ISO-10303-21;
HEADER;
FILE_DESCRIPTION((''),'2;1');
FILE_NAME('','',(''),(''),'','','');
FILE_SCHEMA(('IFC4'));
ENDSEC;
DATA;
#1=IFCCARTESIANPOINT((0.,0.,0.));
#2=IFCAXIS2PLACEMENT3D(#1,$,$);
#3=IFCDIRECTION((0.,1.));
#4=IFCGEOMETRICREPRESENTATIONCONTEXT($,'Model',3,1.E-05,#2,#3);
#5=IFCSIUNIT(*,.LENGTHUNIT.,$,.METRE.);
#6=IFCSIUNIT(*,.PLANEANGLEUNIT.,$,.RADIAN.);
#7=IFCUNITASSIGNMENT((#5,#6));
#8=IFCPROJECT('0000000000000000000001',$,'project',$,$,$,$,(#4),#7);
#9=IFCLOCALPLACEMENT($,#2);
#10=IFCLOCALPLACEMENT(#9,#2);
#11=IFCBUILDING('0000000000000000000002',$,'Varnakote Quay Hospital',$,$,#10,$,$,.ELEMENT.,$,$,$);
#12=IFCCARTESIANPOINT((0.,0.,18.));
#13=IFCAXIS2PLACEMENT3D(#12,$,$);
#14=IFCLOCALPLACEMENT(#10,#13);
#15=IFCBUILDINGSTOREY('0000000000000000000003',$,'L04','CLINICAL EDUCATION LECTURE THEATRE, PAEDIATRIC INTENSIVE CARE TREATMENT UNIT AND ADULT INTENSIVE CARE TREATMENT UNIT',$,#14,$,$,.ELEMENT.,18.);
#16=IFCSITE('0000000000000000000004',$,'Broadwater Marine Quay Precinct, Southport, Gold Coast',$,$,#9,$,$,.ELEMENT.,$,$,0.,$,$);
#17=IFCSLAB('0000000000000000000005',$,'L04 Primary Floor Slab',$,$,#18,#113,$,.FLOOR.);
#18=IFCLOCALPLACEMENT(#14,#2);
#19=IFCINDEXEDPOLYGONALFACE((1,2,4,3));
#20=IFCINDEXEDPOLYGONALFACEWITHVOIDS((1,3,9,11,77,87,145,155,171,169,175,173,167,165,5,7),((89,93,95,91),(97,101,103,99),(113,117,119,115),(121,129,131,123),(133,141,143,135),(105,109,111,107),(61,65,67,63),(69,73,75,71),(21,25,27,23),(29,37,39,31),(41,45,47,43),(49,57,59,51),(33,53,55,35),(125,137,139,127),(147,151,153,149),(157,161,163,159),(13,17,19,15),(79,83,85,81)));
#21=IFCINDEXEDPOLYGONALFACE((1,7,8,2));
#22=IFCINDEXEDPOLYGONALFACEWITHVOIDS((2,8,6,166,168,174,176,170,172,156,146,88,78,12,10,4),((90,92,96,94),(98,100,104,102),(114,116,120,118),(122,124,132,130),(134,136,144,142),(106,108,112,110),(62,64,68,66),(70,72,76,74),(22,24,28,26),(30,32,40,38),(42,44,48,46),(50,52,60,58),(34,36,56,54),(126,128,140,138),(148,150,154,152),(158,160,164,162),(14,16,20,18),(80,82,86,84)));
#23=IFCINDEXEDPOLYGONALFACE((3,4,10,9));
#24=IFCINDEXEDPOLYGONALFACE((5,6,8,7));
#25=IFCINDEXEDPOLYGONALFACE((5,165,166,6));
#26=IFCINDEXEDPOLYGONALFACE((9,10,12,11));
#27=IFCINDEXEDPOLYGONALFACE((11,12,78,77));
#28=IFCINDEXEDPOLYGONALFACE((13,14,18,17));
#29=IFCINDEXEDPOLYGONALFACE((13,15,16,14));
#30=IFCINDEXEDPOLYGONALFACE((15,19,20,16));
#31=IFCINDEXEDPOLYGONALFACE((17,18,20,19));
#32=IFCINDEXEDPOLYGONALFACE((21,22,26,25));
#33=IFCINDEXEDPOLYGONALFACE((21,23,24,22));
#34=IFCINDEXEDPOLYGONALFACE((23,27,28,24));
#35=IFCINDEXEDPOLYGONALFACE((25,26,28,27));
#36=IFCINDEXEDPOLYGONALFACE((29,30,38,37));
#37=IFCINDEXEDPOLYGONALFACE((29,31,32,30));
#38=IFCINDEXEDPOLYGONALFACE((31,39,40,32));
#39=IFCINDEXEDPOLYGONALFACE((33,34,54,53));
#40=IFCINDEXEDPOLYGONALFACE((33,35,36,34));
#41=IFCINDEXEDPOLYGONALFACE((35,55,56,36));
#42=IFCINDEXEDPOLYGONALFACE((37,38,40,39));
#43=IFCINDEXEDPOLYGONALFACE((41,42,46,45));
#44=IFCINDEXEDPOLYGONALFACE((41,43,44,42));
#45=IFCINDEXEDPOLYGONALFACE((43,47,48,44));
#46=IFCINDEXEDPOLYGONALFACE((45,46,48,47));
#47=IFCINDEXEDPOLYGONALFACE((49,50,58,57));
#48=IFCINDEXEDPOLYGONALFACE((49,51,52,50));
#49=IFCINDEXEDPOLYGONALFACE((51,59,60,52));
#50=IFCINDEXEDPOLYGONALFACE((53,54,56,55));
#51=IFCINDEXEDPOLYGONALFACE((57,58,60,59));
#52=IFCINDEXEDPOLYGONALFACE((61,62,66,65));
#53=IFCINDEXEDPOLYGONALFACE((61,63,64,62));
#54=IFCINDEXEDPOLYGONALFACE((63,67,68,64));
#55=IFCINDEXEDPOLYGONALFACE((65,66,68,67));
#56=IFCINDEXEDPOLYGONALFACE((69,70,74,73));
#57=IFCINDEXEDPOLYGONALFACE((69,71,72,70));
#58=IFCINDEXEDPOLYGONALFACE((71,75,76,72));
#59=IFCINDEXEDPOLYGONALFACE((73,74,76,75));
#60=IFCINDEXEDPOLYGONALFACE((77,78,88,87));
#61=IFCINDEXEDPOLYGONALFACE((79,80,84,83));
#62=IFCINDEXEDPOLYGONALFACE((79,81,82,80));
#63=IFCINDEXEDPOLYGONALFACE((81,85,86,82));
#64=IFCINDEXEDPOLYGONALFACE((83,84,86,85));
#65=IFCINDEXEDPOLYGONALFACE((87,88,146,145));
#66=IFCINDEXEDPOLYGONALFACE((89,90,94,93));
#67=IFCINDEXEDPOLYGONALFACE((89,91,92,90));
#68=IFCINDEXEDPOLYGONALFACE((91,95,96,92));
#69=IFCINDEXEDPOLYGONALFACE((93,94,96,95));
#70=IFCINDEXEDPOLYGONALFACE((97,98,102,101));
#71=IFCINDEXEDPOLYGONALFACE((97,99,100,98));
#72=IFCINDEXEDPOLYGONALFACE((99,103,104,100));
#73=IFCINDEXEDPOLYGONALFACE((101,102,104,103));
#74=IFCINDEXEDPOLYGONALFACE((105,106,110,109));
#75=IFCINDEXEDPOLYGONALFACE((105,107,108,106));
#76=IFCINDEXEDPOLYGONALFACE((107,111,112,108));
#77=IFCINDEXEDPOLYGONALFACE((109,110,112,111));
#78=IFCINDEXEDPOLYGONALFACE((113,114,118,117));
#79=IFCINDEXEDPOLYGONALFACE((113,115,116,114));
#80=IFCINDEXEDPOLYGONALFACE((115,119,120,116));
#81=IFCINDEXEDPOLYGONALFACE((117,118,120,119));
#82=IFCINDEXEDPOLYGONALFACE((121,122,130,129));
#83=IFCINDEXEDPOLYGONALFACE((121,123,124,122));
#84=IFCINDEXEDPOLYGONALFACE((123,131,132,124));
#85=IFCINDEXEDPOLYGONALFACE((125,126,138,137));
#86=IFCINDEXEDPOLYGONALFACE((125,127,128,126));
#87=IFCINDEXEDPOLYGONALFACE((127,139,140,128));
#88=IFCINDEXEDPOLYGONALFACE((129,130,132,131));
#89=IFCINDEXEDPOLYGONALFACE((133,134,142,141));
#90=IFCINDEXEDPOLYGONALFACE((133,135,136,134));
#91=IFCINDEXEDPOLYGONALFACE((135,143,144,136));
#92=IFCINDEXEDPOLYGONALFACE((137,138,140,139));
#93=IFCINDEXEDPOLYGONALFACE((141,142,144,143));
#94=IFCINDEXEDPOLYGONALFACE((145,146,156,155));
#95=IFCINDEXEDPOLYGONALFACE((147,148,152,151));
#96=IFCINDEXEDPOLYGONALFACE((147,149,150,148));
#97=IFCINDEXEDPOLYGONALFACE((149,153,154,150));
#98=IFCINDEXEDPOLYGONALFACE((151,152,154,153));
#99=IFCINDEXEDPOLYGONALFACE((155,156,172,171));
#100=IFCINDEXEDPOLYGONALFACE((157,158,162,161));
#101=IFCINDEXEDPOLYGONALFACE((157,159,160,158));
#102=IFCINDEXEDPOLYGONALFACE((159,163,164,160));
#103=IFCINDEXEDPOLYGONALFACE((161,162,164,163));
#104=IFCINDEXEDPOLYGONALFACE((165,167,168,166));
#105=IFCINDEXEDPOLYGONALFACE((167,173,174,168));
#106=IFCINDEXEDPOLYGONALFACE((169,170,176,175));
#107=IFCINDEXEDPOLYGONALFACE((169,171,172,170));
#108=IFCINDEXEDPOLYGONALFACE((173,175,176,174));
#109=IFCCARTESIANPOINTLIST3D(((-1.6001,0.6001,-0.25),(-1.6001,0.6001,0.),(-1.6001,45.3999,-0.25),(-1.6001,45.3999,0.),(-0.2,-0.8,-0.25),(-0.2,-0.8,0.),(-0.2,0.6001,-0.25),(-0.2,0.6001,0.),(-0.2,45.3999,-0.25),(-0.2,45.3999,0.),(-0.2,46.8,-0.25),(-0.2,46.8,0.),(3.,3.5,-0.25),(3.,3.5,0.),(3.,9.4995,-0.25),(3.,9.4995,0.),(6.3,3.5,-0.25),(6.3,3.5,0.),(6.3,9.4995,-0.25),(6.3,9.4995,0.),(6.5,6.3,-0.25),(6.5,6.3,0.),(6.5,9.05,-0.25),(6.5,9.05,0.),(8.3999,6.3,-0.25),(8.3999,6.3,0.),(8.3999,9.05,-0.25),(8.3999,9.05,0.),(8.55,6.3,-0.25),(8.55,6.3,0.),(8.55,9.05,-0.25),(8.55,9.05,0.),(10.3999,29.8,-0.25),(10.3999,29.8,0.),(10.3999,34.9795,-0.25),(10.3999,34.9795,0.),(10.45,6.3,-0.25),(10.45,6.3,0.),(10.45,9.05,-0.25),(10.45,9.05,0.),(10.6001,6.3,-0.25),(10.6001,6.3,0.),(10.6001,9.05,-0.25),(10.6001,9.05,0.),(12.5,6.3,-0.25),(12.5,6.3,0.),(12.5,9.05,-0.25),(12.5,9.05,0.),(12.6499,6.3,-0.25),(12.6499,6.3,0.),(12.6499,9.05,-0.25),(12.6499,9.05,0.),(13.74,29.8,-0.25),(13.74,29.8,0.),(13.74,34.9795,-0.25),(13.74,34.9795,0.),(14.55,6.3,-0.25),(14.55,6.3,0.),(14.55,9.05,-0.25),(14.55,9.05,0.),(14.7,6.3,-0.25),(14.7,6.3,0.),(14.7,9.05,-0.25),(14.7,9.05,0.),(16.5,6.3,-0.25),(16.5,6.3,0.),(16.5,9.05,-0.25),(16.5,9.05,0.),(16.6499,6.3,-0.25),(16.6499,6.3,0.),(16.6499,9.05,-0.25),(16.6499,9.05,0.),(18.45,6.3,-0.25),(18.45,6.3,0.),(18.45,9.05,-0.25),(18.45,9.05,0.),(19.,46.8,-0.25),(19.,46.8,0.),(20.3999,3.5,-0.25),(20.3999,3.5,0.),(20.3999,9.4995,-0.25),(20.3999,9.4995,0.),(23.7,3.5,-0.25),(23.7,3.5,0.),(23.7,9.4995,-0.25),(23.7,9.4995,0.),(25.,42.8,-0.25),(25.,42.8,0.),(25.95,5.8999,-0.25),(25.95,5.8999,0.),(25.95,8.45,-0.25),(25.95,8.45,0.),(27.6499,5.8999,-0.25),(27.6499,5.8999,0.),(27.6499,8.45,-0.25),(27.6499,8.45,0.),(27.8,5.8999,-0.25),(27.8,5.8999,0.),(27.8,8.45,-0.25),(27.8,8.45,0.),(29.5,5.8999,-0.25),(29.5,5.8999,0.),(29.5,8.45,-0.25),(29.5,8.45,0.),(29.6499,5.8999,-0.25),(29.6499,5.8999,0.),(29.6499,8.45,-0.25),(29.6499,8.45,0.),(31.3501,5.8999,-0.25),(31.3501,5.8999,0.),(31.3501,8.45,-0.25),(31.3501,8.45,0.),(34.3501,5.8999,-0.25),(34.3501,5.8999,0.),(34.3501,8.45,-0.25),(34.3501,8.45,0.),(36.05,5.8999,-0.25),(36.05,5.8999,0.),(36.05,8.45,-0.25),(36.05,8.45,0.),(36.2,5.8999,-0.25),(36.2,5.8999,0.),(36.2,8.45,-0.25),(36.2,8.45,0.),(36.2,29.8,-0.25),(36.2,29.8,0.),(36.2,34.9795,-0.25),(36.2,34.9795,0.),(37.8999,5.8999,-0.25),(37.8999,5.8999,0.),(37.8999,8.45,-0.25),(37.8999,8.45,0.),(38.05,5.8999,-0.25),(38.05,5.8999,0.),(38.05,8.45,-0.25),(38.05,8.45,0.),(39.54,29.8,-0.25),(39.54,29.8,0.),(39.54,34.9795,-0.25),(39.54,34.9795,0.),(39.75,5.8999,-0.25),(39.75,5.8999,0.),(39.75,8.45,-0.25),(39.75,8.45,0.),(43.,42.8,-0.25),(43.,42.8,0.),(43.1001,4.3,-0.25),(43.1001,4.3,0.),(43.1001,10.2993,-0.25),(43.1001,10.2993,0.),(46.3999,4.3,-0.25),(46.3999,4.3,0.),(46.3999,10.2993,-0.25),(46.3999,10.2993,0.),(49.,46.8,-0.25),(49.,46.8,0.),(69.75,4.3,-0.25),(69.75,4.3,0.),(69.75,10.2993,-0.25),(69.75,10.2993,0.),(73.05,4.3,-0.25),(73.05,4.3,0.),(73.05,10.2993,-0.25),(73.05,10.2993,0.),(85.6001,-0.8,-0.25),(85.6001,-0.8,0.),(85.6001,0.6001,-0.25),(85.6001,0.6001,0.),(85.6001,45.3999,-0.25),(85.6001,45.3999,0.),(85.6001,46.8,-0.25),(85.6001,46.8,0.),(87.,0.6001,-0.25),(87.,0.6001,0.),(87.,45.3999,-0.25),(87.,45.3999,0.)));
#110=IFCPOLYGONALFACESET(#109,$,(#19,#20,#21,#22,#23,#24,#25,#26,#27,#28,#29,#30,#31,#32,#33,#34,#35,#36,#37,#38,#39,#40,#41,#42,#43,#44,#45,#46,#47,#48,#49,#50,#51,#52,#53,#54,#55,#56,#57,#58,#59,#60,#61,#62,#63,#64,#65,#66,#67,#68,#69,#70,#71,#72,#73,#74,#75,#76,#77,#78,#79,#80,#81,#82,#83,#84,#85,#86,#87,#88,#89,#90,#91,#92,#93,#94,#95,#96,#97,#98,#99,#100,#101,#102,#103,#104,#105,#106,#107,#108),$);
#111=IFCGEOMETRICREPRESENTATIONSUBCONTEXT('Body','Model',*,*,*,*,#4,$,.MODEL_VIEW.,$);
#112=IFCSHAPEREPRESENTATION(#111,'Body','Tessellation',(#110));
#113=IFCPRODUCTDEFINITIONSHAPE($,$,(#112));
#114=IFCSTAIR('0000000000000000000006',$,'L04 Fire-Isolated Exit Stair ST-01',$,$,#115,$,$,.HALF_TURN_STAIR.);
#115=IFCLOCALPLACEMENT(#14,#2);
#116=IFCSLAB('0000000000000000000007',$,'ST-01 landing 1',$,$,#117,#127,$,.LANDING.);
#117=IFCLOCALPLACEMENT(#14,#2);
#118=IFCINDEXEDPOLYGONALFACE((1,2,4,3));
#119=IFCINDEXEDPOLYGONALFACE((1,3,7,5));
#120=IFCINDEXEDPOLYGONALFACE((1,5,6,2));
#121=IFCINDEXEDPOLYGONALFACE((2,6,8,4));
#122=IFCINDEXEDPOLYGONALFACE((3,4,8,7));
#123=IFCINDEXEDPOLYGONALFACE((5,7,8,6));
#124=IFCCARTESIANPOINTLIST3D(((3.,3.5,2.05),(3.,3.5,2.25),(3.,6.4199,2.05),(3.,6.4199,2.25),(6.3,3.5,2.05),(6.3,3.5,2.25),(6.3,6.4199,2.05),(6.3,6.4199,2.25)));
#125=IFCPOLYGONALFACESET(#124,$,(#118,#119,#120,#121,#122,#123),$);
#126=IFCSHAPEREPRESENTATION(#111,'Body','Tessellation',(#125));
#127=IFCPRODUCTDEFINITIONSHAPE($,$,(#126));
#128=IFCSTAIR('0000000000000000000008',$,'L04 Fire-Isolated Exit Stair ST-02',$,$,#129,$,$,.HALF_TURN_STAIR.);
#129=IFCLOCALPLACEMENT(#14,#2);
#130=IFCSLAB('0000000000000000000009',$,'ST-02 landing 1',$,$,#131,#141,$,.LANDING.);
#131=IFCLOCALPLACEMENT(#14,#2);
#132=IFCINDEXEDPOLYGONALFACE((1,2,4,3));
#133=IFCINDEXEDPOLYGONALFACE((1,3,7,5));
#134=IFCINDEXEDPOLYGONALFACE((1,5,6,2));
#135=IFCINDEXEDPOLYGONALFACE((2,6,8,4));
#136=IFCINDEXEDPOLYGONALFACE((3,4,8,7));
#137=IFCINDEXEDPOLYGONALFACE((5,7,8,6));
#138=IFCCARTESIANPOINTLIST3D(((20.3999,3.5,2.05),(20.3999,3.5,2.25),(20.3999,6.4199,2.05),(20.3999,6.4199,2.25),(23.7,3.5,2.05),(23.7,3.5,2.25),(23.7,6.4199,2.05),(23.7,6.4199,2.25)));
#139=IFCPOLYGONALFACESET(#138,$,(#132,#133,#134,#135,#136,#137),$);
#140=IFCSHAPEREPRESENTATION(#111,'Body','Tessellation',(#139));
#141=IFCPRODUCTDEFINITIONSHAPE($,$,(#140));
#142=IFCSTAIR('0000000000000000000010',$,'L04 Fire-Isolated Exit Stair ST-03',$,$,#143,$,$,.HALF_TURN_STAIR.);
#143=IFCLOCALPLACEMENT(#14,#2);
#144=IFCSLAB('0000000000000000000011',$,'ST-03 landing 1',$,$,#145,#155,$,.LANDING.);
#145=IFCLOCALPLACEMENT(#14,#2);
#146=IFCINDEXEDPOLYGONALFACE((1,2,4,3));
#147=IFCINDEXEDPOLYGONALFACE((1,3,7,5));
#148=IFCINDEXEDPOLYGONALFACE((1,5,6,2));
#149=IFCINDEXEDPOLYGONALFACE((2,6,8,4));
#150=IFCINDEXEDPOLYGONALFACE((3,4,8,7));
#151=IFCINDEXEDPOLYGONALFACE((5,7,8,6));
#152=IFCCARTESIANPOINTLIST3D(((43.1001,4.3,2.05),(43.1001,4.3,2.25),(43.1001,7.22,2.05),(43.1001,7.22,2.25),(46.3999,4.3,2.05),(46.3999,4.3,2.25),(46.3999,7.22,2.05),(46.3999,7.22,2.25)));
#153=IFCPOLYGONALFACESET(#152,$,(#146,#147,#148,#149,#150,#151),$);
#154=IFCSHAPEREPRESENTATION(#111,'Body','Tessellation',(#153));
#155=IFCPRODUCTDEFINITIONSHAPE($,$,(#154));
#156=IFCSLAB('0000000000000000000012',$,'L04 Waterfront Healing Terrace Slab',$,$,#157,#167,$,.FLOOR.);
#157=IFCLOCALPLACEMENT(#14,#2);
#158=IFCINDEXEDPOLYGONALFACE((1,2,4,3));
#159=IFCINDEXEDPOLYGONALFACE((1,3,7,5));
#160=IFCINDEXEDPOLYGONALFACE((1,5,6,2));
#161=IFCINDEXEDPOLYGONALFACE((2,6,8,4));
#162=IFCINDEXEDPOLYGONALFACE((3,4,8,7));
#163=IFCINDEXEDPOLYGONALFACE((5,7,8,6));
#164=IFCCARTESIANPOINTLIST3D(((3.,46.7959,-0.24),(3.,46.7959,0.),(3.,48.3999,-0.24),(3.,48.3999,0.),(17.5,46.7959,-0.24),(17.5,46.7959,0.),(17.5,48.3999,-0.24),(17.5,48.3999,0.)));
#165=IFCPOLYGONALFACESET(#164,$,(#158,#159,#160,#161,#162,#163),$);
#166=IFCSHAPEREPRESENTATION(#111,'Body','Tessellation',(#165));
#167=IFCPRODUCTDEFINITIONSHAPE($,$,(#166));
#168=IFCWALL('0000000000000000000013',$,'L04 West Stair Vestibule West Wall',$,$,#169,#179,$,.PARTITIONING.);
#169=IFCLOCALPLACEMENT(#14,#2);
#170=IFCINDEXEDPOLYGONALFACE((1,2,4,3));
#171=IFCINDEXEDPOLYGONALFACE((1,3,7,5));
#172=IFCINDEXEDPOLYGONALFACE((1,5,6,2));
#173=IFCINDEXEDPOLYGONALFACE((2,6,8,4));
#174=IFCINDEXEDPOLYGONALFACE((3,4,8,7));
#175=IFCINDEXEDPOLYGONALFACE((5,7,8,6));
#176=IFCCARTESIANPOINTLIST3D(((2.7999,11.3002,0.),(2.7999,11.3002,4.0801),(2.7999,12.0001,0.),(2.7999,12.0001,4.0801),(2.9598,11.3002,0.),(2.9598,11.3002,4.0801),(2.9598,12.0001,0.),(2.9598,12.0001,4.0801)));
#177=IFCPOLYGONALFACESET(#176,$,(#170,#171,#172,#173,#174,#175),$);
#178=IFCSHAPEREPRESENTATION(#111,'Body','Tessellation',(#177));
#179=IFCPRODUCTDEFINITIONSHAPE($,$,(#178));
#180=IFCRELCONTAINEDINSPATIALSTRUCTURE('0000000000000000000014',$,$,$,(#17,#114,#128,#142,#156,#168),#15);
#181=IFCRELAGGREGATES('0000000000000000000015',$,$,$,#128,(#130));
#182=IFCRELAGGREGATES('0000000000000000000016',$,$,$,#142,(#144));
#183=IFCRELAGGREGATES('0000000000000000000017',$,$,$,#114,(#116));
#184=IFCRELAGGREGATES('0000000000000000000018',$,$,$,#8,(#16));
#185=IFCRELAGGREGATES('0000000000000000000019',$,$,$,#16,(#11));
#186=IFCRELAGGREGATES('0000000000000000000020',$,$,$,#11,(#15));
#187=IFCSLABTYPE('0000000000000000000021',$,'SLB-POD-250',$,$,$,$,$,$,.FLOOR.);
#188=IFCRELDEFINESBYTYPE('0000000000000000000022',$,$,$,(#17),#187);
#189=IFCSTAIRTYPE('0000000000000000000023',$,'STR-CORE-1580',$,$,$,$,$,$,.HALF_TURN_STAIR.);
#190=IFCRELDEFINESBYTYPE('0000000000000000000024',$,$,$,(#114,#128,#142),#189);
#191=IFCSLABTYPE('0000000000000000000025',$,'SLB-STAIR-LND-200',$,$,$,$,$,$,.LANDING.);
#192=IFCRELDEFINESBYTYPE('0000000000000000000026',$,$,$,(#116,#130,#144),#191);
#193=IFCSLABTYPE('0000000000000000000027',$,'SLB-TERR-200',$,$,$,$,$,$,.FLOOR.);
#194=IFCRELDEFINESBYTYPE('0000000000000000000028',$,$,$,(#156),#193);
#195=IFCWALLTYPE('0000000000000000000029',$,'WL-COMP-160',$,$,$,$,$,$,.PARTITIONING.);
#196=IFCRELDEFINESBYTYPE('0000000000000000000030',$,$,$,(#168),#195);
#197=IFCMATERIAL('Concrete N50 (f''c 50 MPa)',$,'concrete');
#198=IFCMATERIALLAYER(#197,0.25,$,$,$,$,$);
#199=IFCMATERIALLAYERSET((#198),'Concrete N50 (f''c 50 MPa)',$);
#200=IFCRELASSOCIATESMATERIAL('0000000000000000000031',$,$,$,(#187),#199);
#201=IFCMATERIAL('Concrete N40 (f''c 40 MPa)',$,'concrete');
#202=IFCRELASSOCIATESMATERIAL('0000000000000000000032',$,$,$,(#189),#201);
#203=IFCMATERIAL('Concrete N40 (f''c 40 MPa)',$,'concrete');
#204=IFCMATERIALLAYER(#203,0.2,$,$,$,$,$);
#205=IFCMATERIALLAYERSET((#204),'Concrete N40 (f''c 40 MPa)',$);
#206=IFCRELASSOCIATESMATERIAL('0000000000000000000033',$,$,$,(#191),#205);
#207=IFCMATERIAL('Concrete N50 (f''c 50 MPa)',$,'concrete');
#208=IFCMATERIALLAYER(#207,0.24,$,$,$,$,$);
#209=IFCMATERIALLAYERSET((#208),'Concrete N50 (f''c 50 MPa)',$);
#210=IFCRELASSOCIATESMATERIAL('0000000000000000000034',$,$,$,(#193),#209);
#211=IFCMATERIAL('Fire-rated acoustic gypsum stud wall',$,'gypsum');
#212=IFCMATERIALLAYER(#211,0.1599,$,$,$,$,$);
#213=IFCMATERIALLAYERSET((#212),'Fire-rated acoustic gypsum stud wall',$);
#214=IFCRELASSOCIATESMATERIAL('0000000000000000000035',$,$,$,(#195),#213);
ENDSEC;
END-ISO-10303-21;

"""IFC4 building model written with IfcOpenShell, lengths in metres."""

from ifc_helpers import new_model, si_unit, direction, frame, frame_2d, origin, place, context, subcontext, project, spatial, polyline, rectangle, outline, extrude, material, layer, layer_set, type_object, element, aggregate, save


model = new_model("IFC4")

# Units and contexts
model_context = context("Model", 3, precision=1e-05, world=origin(), true_north=direction((0.0, 1.0)))
body_context = subcontext(model_context, "Body", "Model", "MODEL_VIEW")
ifc_project = project(units=[si_unit("LENGTHUNIT", "METRE"), si_unit("PLANEANGLEUNIT", "RADIAN")], contexts=[model_context])

# Site, building, storey
site_placement = place(None, origin())
site = spatial("IfcSite", under=ifc_project, at=site_placement, Name="Broadwater Marine Quay Precinct, Southport, Gold Coast", CompositionType="ELEMENT", RefElevation=0.0)
building_placement = place(site_placement, origin())
building = spatial("IfcBuilding", under=site, at=building_placement, Name="Varnakote Quay Hospital", CompositionType="ELEMENT")
storey_placement = place(building_placement, frame((0.0, 0.0, 18.0)))
storey = spatial("IfcBuildingStorey", under=building, at=storey_placement, Name="L04", Description="CLINICAL EDUCATION LECTURE THEATRE, PAEDIATRIC INTENSIVE CARE TREATMENT UNIT AND ADULT INTENSIVE CARE TREATMENT UNIT", CompositionType="ELEMENT", Elevation=18.0)

# Slab
ifc_material_1 = material(Name="Concrete N50 (f'c 50 MPa)", Category="concrete")
ifc_layer_1 = layer(ifc_material_1, 0.25)
ifc_layer_set_1 = layer_set([ifc_layer_1], Name="Concrete N50 (f'c 50 MPa)")
slab_type_1 = type_object("IfcSlabType", Name="SLB-POD-250", PredefinedType="FLOOR", material=ifc_layer_set_1)
slab_1_placement = place(storey_placement, frame((0.0, 0.0, -0.25)))
element("IfcSlab", 1, at=slab_1_placement, inside=storey, type_object=slab_type_1, Name="L04 Primary Floor Slab", PredefinedType="FLOOR", context=body_context, shape_type="SweptSolid", body=[
    extrude(outline(polyline([(-1.6001, 0.6001), (-0.2, 0.6001), (-0.2, -0.8), (85.6001, -0.8), (85.6001, 0.6001), (87.0, 0.6001), (87.0, 45.3999), (85.6001, 45.3999), (85.6001, 46.8), (49.0, 46.8), (43.0, 42.8), (25.0, 42.8), (19.0, 46.8), (-0.2, 46.8), (-0.2, 45.3999), (-1.6001, 45.3999), (-1.6001, 0.6001)]), holes=[polyline([(3.0, 3.5), (6.3, 3.5), (6.3, 9.4995), (3.0, 9.4995), (3.0, 3.5)]), polyline([(20.3999, 3.5), (23.7, 3.5), (23.7, 9.4995), (20.3999, 9.4995), (20.3999, 3.5)]), polyline([(43.1001, 4.3), (46.3999, 4.3), (46.3999, 10.2993), (43.1001, 10.2993), (43.1001, 4.3)]), polyline([(10.3999, 29.8), (13.74, 29.8), (13.74, 34.9795), (10.3999, 34.9795), (10.3999, 29.8)]), polyline([(36.2, 29.8), (39.54, 29.8), (39.54, 34.9795), (36.2, 34.9795), (36.2, 29.8)]), polyline([(69.75, 4.3), (73.05, 4.3), (73.05, 10.2993), (69.75, 10.2993), (69.75, 4.3)]), polyline([(6.5, 6.3), (8.3999, 6.3), (8.3999, 9.05), (6.5, 9.05), (6.5, 6.3)]), polyline([(8.55, 6.3), (10.45, 6.3), (10.45, 9.05), (8.55, 9.05), (8.55, 6.3)]), polyline([(10.6001, 6.3), (12.5, 6.3), (12.5, 9.05), (10.6001, 9.05), (10.6001, 6.3)]), polyline([(12.6499, 6.3), (14.55, 6.3), (14.55, 9.05), (12.6499, 9.05), (12.6499, 6.3)]), polyline([(14.7, 6.3), (16.5, 6.3), (16.5, 9.05), (14.7, 9.05), (14.7, 6.3)]), polyline([(16.6499, 6.3), (18.45, 6.3), (18.45, 9.05), (16.6499, 9.05), (16.6499, 6.3)]), polyline([(25.95, 5.8999), (27.6499, 5.8999), (27.6499, 8.45), (25.95, 8.45), (25.95, 5.8999)]), polyline([(27.8, 5.8999), (29.5, 5.8999), (29.5, 8.45), (27.8, 8.45), (27.8, 5.8999)]), polyline([(29.6499, 5.8999), (31.3501, 5.8999), (31.3501, 8.45), (29.6499, 8.45), (29.6499, 5.8999)]), polyline([(34.3501, 5.8999), (36.05, 5.8999), (36.05, 8.45), (34.3501, 8.45), (34.3501, 5.8999)]), polyline([(36.2, 5.8999), (37.8999, 5.8999), (37.8999, 8.45), (36.2, 8.45), (36.2, 5.8999)]), polyline([(38.05, 5.8999), (39.75, 5.8999), (39.75, 8.45), (38.05, 8.45), (38.05, 5.8999)])]), origin(), (0.0, 0.0, 1.0), 0.25),
])

# Stairs, slabs
ifc_material_2 = material(Name="Concrete N40 (f'c 40 MPa)", Category="concrete")
stair_type = type_object("IfcStairType", Name="STR-CORE-1580", PredefinedType="HALF_TURN_STAIR", material=ifc_material_2)
stair_1_placement = place(storey_placement, origin())
stair_1 = element("IfcStair", 2, at=stair_1_placement, inside=storey, type_object=stair_type, Name="L04 Fire-Isolated Exit Stair ST-01", PredefinedType="HALF_TURN_STAIR")
ifc_material_3 = material(Name="Concrete N40 (f'c 40 MPa)", Category="concrete")
ifc_layer_2 = layer(ifc_material_3, 0.2)
ifc_layer_set_2 = layer_set([ifc_layer_2], Name="Concrete N40 (f'c 40 MPa)")
slab_type_2 = type_object("IfcSlabType", Name="SLB-STAIR-LND-200", PredefinedType="LANDING", material=ifc_layer_set_2)
slab_2_placement = place(storey_placement, frame((0.0, 0.0, 2.05)))
slab_2 = element("IfcSlab", 3, at=slab_2_placement, type_object=slab_type_2, Name="ST-01 landing 1", PredefinedType="LANDING", context=body_context, shape_type="SweptSolid", body=[
    extrude(outline(polyline([(3.0, 6.4199), (3.0, 3.5), (6.3, 3.5), (6.3, 6.4199), (3.0, 6.4199)])), origin(), (0.0, 0.0, 1.0), 0.2),
])
stair_2_placement = place(storey_placement, origin())
stair_2 = element("IfcStair", 4, at=stair_2_placement, inside=storey, type_object=stair_type, Name="L04 Fire-Isolated Exit Stair ST-02", PredefinedType="HALF_TURN_STAIR")
slab_3_placement = place(storey_placement, frame((0.0, 0.0, 2.05)))
slab_3 = element("IfcSlab", 5, at=slab_3_placement, type_object=slab_type_2, Name="ST-02 landing 1", PredefinedType="LANDING", context=body_context, shape_type="SweptSolid", body=[
    extrude(outline(polyline([(20.3999, 6.4199), (20.3999, 3.5), (23.7, 3.5), (23.7, 6.4199), (20.3999, 6.4199)])), origin(), (0.0, 0.0, 1.0), 0.2),
])
aggregate(stair_2, [slab_3])
stair_3_placement = place(storey_placement, origin())
stair_3 = element("IfcStair", 6, at=stair_3_placement, inside=storey, type_object=stair_type, Name="L04 Fire-Isolated Exit Stair ST-03", PredefinedType="HALF_TURN_STAIR")
slab_4_placement = place(storey_placement, frame((0.0, 0.0, 2.05)))
slab_4 = element("IfcSlab", 7, at=slab_4_placement, type_object=slab_type_2, Name="ST-03 landing 1", PredefinedType="LANDING", context=body_context, shape_type="SweptSolid", body=[
    extrude(outline(polyline([(43.1001, 7.22), (43.1001, 4.3), (46.3999, 4.3), (46.3999, 7.22), (43.1001, 7.22)])), origin(), (0.0, 0.0, 1.0), 0.2),
])
aggregate(stair_3, [slab_4])

# Slab
ifc_material_4 = material(Name="Concrete N50 (f'c 50 MPa)", Category="concrete")
ifc_layer_3 = layer(ifc_material_4, 0.24)
ifc_layer_set_3 = layer_set([ifc_layer_3], Name="Concrete N50 (f'c 50 MPa)")
slab_type_3 = type_object("IfcSlabType", Name="SLB-TERR-200", PredefinedType="FLOOR", material=ifc_layer_set_3)
slab_5_placement = place(storey_placement, frame((0.0, 0.0, -0.24)))
element("IfcSlab", 8, at=slab_5_placement, inside=storey, type_object=slab_type_3, Name="L04 Waterfront Healing Terrace Slab", PredefinedType="FLOOR", context=body_context, shape_type="SweptSolid", body=[
    extrude(outline(polyline([(3.0, 46.7959), (17.5, 46.7959), (17.5, 48.3999), (3.0, 48.3999), (3.0, 46.7959)])), origin(), (0.0, 0.0, 1.0), 0.24),
])

# Wall
ifc_material_5 = material(Name="Fire-rated acoustic gypsum stud wall", Category="gypsum")
ifc_layer_4 = layer(ifc_material_5, 0.1599)
ifc_layer_set_4 = layer_set([ifc_layer_4], Name="Fire-rated acoustic gypsum stud wall")
wall_type_1 = type_object("IfcWallType", Name="WL-COMP-160", PredefinedType="PARTITIONING", material=ifc_layer_set_4)
for number, where, z_axis, x_axis, name in (
    (9, (2.8799, 11.3, 0.0), (0.0, 0.0, 1.0), (0.0, 1.0, 0.0), "L04 West Stair Vestibule West Wall"),
):
    element("IfcWall", number, at=place(storey_placement, frame(where, z_axis=z_axis, x_axis=x_axis)), inside=storey, type_object=wall_type_1, Name=name, PredefinedType="PARTITIONING", context=body_context, shape_type="SweptSolid", body=[
        extrude(rectangle(XDim=0.7, YDim=0.1599, at=frame_2d((0.3501, 0.0))), origin(), (0.0, 0.0, 1.0), 4.0801),
    ])

aggregate(stair_1, [slab_2])

save(model, "model.ifc")
